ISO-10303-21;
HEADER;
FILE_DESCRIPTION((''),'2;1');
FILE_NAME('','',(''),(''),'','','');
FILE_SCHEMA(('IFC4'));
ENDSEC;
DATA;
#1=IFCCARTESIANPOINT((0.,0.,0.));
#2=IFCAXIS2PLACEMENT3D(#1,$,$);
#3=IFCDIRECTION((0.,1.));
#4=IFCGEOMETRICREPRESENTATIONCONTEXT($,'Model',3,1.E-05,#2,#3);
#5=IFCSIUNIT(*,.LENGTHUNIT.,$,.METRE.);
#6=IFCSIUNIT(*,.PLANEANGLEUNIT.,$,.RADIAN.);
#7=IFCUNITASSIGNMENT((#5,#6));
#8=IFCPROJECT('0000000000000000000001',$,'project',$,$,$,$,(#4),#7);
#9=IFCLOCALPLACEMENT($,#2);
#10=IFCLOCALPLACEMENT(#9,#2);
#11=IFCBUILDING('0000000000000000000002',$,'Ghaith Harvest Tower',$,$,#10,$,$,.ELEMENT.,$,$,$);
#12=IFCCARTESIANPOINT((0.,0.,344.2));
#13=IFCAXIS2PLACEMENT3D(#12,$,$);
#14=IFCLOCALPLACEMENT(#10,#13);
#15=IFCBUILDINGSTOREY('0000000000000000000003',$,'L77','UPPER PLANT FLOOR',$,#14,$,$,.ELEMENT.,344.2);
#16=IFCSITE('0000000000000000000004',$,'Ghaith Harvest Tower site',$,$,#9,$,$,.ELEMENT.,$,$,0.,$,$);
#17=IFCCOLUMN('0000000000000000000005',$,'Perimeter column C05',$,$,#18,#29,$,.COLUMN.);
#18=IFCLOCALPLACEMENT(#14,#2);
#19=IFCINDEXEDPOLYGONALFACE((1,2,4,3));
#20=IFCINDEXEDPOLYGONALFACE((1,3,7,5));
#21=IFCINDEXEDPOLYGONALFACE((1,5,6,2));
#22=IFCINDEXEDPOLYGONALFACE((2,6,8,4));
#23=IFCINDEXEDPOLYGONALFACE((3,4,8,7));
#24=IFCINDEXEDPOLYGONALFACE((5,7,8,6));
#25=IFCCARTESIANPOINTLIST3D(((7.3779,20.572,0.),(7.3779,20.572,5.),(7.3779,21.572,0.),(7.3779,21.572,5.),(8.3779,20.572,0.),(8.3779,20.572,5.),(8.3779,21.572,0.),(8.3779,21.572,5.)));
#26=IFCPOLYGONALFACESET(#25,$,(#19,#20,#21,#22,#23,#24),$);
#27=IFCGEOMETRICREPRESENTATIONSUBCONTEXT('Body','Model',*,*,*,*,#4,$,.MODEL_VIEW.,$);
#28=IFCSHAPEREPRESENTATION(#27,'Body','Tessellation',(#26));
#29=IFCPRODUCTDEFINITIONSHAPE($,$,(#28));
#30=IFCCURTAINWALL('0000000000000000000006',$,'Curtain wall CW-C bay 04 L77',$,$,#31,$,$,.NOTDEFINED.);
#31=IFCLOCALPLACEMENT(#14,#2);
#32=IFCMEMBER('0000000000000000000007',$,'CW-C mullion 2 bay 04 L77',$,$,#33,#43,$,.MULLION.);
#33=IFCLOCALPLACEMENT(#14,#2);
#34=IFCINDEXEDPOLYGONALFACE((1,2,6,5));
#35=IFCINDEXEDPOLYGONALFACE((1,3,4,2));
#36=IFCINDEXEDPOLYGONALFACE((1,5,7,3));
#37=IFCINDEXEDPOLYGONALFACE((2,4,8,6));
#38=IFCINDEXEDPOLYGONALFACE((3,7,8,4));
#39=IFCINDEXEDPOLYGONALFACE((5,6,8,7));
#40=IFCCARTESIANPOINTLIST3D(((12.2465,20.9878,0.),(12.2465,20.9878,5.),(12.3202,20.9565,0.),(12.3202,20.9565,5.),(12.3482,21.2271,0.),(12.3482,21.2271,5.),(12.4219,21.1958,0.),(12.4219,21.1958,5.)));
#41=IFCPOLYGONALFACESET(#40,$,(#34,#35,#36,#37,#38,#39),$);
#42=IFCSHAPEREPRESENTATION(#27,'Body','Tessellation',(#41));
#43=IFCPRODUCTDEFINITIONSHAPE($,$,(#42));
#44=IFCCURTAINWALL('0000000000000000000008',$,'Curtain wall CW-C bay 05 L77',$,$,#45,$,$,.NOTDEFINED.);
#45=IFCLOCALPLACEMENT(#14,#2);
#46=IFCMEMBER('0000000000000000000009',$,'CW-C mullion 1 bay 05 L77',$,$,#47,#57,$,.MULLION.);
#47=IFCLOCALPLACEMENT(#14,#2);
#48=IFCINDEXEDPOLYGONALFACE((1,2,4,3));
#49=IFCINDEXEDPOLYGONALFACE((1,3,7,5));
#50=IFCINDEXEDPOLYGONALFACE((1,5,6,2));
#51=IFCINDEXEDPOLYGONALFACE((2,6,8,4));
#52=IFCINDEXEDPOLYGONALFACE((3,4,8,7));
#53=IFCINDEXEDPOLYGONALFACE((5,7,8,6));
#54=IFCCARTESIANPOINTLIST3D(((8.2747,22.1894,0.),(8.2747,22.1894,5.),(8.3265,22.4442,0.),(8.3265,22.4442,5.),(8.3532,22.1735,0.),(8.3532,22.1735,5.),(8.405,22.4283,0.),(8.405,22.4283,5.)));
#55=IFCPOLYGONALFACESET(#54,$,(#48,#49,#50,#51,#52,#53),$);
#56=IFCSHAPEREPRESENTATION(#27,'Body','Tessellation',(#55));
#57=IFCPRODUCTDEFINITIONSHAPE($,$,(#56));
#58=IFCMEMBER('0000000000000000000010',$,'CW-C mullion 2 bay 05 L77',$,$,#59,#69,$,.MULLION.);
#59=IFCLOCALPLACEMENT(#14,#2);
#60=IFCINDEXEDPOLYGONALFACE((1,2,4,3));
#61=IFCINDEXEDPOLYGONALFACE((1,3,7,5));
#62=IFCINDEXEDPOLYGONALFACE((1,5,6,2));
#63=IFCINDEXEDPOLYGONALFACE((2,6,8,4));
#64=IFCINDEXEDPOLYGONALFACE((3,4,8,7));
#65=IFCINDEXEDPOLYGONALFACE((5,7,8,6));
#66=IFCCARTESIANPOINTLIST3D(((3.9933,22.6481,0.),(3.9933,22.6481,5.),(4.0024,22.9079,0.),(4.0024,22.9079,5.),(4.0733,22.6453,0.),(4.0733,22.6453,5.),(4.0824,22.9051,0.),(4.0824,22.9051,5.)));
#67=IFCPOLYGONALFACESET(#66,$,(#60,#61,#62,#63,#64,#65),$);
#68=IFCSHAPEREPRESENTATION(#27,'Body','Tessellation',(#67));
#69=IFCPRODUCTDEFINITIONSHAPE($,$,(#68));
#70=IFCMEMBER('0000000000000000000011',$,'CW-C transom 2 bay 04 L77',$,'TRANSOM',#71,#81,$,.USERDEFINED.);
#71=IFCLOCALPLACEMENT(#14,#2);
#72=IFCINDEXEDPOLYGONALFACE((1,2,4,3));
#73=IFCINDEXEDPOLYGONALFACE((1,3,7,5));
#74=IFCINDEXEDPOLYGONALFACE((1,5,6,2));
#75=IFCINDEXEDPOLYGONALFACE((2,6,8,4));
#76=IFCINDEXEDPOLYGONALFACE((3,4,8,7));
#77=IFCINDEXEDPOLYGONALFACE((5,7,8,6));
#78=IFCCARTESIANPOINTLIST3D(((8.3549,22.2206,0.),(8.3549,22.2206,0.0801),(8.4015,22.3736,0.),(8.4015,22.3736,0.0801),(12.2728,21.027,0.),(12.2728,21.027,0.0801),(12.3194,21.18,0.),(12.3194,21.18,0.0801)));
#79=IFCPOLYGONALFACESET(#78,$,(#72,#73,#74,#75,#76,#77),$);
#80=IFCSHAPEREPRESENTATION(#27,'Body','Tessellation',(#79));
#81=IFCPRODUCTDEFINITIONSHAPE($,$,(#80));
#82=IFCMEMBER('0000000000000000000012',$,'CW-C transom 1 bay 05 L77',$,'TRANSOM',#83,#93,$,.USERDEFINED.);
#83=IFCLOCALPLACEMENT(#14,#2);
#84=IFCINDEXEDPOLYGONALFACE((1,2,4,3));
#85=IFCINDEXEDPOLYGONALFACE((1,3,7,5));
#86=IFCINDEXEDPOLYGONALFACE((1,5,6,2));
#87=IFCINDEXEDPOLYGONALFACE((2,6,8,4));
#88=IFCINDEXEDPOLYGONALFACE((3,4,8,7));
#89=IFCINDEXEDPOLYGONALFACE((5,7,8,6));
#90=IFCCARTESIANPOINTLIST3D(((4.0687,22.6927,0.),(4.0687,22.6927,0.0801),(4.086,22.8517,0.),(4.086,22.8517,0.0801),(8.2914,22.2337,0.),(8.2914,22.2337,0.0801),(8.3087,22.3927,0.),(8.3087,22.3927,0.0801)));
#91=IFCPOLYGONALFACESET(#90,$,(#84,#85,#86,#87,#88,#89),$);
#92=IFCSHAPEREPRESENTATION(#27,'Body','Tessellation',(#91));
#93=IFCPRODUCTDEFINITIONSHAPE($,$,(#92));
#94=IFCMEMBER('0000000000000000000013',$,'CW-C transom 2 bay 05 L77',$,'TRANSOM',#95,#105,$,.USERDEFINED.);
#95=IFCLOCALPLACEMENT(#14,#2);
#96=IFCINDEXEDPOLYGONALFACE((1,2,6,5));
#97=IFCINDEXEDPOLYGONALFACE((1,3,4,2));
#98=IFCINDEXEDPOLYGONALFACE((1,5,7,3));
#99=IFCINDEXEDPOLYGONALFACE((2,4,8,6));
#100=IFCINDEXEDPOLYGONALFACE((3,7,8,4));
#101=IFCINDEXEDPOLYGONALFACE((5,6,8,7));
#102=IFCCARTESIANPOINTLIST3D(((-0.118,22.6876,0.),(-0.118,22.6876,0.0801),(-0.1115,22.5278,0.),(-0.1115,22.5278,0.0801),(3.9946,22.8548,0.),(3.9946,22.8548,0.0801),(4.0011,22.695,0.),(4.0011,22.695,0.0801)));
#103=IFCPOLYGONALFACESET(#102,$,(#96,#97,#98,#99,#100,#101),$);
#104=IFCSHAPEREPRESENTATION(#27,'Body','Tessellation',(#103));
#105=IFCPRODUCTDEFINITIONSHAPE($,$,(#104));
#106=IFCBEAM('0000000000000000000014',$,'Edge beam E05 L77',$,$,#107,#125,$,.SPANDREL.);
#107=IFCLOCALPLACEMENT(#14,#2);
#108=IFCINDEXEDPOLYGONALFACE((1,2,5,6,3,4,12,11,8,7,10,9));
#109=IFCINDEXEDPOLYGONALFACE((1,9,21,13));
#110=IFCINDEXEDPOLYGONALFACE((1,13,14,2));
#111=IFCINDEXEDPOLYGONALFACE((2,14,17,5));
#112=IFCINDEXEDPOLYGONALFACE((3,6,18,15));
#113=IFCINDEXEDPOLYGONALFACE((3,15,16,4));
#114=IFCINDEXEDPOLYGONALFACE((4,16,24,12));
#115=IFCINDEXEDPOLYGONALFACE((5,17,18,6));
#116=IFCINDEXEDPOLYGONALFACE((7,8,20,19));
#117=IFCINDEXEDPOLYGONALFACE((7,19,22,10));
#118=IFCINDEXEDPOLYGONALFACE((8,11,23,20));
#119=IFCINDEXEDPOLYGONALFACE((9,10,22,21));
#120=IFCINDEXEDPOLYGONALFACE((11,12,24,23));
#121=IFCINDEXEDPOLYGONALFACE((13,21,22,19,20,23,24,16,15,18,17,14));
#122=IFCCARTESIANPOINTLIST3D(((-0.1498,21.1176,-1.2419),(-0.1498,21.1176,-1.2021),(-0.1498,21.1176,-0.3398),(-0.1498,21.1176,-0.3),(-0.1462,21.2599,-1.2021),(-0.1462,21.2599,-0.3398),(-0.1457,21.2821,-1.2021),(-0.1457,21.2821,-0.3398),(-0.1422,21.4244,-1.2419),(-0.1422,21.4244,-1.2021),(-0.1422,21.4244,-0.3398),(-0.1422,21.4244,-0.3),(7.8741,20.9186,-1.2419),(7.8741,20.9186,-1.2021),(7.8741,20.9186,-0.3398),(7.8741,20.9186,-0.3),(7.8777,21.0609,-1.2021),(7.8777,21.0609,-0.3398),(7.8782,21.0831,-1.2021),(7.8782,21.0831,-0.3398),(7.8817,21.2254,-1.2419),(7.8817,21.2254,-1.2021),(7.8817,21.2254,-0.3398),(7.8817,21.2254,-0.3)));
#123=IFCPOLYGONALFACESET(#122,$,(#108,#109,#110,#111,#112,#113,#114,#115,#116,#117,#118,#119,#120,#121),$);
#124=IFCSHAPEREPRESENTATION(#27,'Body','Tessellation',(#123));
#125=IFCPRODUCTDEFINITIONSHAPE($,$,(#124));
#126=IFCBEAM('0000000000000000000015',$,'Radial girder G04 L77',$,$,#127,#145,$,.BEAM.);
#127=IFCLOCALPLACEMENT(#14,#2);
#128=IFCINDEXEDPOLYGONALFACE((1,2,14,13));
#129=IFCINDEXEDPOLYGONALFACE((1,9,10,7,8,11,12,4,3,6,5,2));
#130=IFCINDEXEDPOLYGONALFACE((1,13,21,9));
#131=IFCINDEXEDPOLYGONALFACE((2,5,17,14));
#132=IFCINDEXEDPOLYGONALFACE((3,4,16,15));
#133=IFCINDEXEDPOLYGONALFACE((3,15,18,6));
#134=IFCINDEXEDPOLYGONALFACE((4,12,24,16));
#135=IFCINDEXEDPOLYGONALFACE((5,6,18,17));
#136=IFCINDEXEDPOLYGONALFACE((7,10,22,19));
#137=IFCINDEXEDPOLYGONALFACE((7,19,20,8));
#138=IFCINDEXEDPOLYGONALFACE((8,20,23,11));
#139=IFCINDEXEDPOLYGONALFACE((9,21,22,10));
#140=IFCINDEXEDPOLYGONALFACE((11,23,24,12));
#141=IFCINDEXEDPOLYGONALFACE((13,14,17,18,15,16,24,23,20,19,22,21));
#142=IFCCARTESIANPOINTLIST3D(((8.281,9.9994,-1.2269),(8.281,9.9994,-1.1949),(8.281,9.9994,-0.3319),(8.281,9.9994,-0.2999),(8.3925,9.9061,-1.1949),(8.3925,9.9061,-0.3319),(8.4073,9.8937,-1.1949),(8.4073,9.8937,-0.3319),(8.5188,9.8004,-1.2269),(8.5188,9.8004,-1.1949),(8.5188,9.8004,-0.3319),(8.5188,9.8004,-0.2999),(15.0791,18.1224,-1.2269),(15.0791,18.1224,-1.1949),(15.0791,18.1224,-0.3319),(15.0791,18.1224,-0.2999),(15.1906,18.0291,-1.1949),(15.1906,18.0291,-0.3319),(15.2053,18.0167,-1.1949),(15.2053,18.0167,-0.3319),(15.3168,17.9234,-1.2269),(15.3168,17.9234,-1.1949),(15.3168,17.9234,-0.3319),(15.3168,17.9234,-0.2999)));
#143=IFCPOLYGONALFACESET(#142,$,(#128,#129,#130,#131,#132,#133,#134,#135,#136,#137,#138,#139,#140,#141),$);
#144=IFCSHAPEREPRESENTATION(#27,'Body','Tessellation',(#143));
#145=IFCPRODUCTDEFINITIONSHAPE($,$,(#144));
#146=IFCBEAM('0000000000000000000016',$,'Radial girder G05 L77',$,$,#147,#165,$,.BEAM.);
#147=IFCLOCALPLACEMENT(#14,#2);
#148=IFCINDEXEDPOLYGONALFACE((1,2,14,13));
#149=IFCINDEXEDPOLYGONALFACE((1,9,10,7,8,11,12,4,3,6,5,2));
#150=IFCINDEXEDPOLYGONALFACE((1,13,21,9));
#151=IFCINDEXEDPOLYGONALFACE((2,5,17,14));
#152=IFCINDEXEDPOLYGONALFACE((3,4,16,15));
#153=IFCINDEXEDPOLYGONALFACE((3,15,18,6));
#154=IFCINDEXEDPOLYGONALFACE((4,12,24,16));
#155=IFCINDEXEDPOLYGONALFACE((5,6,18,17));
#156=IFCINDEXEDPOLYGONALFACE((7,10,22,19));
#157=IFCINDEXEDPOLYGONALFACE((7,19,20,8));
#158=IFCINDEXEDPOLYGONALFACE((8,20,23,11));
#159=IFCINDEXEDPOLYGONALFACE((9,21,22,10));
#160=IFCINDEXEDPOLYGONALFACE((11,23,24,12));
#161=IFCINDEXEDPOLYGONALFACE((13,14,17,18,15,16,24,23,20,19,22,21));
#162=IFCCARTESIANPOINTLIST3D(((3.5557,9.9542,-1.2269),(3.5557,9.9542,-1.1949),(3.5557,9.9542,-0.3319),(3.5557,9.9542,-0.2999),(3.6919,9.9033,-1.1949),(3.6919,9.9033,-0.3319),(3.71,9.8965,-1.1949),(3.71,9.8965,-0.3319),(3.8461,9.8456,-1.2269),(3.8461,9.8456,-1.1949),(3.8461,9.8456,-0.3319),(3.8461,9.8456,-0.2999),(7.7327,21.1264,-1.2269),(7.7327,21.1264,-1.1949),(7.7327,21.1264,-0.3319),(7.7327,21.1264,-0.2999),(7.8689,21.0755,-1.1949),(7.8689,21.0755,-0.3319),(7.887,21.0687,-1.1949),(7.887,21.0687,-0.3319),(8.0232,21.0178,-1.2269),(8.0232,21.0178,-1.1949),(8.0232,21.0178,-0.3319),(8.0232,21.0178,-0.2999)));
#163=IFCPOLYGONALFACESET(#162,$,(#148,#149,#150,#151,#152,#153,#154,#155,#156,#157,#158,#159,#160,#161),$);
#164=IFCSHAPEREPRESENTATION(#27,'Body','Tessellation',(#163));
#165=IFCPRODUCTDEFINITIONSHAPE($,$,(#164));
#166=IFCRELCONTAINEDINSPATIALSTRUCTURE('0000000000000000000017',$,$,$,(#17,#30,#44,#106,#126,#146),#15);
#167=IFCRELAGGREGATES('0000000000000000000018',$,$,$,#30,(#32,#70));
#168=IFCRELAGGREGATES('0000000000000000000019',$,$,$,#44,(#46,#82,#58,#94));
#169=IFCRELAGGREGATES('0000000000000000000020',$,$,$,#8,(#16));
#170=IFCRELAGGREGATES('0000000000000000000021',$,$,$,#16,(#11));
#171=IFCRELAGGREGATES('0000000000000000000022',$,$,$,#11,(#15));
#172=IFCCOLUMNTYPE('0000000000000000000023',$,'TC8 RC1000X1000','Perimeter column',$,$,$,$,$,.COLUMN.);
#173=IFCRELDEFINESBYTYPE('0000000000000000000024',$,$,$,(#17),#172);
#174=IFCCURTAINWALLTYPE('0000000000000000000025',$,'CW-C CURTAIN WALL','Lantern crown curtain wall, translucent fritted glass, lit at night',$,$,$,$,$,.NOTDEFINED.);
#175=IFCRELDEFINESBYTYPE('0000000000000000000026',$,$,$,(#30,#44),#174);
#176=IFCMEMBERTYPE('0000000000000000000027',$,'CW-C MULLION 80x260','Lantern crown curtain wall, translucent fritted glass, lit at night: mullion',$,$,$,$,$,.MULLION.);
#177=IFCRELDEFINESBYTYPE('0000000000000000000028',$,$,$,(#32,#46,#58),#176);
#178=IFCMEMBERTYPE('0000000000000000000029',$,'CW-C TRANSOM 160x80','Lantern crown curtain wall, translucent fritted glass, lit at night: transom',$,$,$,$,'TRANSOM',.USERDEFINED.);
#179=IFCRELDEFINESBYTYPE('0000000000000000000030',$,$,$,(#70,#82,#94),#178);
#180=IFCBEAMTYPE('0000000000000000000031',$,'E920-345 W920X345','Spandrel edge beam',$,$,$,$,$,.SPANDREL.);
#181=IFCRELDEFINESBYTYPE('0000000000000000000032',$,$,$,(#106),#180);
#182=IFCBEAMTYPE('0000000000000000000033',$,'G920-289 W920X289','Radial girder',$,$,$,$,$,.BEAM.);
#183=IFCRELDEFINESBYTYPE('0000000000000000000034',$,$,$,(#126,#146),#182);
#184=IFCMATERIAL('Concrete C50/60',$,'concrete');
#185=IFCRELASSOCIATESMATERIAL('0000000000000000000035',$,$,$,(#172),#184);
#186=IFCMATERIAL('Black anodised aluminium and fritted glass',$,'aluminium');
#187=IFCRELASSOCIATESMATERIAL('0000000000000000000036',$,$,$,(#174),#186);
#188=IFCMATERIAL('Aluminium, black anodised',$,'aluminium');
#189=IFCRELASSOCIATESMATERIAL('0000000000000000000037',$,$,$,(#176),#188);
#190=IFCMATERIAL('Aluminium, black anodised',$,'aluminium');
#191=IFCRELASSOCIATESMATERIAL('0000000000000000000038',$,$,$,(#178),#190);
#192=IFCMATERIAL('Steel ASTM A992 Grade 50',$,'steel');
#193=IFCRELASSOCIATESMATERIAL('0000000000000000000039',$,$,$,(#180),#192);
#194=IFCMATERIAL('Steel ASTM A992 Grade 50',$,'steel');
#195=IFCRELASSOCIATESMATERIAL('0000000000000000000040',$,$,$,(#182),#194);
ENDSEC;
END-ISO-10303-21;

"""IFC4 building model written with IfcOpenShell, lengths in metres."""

from ifc_helpers import new_model, si_unit, direction, frame, origin, origin_2d, place, context, subcontext, project, spatial, rectangle, i_section, extrude, material, material_profile, profile_set, type_object, element, aggregate, save


model = new_model("IFC4")

# Units and contexts
model_context = context("Model", 3, precision=1e-05, world=origin(), true_north=direction((0.0, 1.0)))
body_context = subcontext(model_context, "Body", "Model", "MODEL_VIEW")
ifc_project = project(units=[si_unit("LENGTHUNIT", "METRE"), si_unit("PLANEANGLEUNIT", "RADIAN")], contexts=[model_context])

# Site, building, storey
site_placement = place(None, origin())
site = spatial("IfcSite", under=ifc_project, at=site_placement, Name="Ghaith Harvest Tower site", CompositionType="ELEMENT", RefElevation=0.0)
building_placement = place(site_placement, origin())
building = spatial("IfcBuilding", under=site, at=building_placement, Name="Ghaith Harvest Tower", CompositionType="ELEMENT")
storey_placement = place(building_placement, frame((0.0, 0.0, 344.2)))
storey = spatial("IfcBuildingStorey", under=building, at=storey_placement, Name="L77", Description="UPPER PLANT FLOOR", CompositionType="ELEMENT", Elevation=344.2)

# Column
ifc_material_1 = material(Name="Concrete C50/60", Category="concrete")
ifc_material_profile_1 = material_profile(ifc_material_1, rectangle(XDim=1.0, YDim=1.0, at=origin_2d()), Name="RC1000X1000")
ifc_profile_set_1 = profile_set([ifc_material_profile_1], Name="Concrete C50/60")
column_type = type_object("IfcColumnType", Name="TC8 RC1000X1000", Description="Perimeter column", PredefinedType="COLUMN", material=ifc_profile_set_1)
column_placement = place(storey_placement, frame((7.8779, 21.072, 0.0), z_axis=(0.0, 0.0, 1.0), x_axis=(1.0, 0.0, 0.0)))
element("IfcColumn", 1, at=column_placement, inside=storey, type_object=column_type, Name="Perimeter column C05", PredefinedType="COLUMN", context=body_context, shape_type="SweptSolid", body=[
    extrude(rectangle(XDim=1.0, YDim=1.0, at=origin_2d()), origin(), (0.0, 0.0, 1.0), 5.0),
])

# Curtain wall, member
ifc_material_2 = material(Name="Black anodised aluminium and fritted glass", Category="aluminium")
curtain_wall_type = type_object("IfcCurtainWallType", Name="CW-C CURTAIN WALL", Description="Lantern crown curtain wall, translucent fritted glass, lit at night", PredefinedType="NOTDEFINED", material=ifc_material_2)
curtain_wall_1_placement = place(storey_placement, origin())
curtain_wall_1 = element("IfcCurtainWall", 2, at=curtain_wall_1_placement, inside=storey, type_object=curtain_wall_type, Name="Curtain wall CW-C bay 04 L77", PredefinedType="NOTDEFINED")
ifc_material_3 = material(Name="Aluminium, black anodised", Category="aluminium")
ifc_material_profile_2 = material_profile(ifc_material_3, rectangle(XDim=0.0801, YDim=0.26, at=origin_2d()), Name="CW-C MULLION 80x260")
ifc_profile_set_2 = profile_set([ifc_material_profile_2], Name="Aluminium, black anodised")
member_type_1 = type_object("IfcMemberType", Name="CW-C MULLION 80x260", Description="Lantern crown curtain wall, translucent fritted glass, lit at night: mullion", PredefinedType="MULLION", material=ifc_profile_set_2)
member_1_placement = place(storey_placement, frame((12.3342, 21.0918, 0.0), z_axis=(0.0, 0.0, 1.0), x_axis=(-0.920319, 0.391168, 0.0)))
member_1 = element("IfcMember", 3, at=member_1_placement, type_object=member_type_1, Name="CW-C mullion 2 bay 04 L77", PredefinedType="MULLION", context=body_context, shape_type="SweptSolid", body=[
    extrude(rectangle(XDim=0.0801, YDim=0.26, at=origin_2d()), origin(), (0.0, 0.0, 1.0), 5.0),
])

# Curtain wall, members
curtain_wall_2_placement = place(storey_placement, origin())
curtain_wall_2 = element("IfcCurtainWall", 4, at=curtain_wall_2_placement, inside=storey, type_object=curtain_wall_type, Name="Curtain wall CW-C bay 05 L77", PredefinedType="NOTDEFINED")
member_2_placement = place(storey_placement, frame((8.3398, 22.3088, 0.0), z_axis=(0.0, 0.0, 1.0), x_axis=(-0.98, 0.198997, 0.0)))
member_2 = element("IfcMember", 5, at=member_2_placement, type_object=member_type_1, Name="CW-C mullion 1 bay 05 L77", PredefinedType="MULLION", context=body_context, shape_type="SweptSolid", body=[
    extrude(rectangle(XDim=0.0801, YDim=0.26, at=origin_2d()), origin(), (0.0, 0.0, 1.0), 5.0),
])
member_3_placement = place(storey_placement, frame((4.0378, 22.7766, 0.0), z_axis=(0.0, 0.0, 1.0), x_axis=(-0.999389, 0.034962, 0.0)))
member_3 = element("IfcMember", 6, at=member_3_placement, type_object=member_type_1, Name="CW-C mullion 2 bay 05 L77", PredefinedType="MULLION", context=body_context, shape_type="SweptSolid", body=[
    extrude(rectangle(XDim=0.0801, YDim=0.26, at=origin_2d()), origin(), (0.0, 0.0, 1.0), 5.0),
])

# Members
ifc_material_4 = material(Name="Aluminium, black anodised", Category="aluminium")
ifc_material_profile_3 = material_profile(ifc_material_4, rectangle(XDim=0.1599, YDim=0.0801, at=origin_2d()), Name="CW-C TRANSOM 160x80")
ifc_profile_set_3 = profile_set([ifc_material_profile_3], Name="Aluminium, black anodised")
member_type_2 = type_object("IfcMemberType", Name="CW-C TRANSOM 160x80", Description="Lantern crown curtain wall, translucent fritted glass, lit at night: transom", ElementType="TRANSOM", PredefinedType="USERDEFINED", material=ifc_profile_set_3)
member_4_placement = place(storey_placement, frame((12.2961, 21.1035, 0.04), z_axis=(-0.956594, 0.291425, 0.0), x_axis=(-0.291425, -0.956594, 0.0)))
member_4 = element("IfcMember", 7, at=member_4_placement, type_object=member_type_2, Name="CW-C transom 2 bay 04 L77", ObjectType="TRANSOM", PredefinedType="USERDEFINED", context=body_context, shape_type="SweptSolid", body=[
    extrude(rectangle(XDim=0.1599, YDim=0.0801, at=origin_2d()), origin(), (0.0, 0.0, 1.0), 4.0957),
])
member_5_placement = place(storey_placement, frame((8.3, 22.3132, 0.04), z_axis=(-0.994144, 0.108059, 0.0), x_axis=(-0.108059, -0.994144, 0.0)))
member_5 = element("IfcMember", 8, at=member_5_placement, type_object=member_type_2, Name="CW-C transom 1 bay 05 L77", ObjectType="TRANSOM", PredefinedType="USERDEFINED", context=body_context, shape_type="SweptSolid", body=[
    extrude(rectangle(XDim=0.1599, YDim=0.0801, at=origin_2d()), origin(), (0.0, 0.0, 1.0), 4.2476),
])
member_6_placement = place(storey_placement, frame((3.9978, 22.7749, 0.04), z_axis=(-0.999174, -0.040631, 0.0), x_axis=(0.040631, -0.999174, 0.0)))
member_6 = element("IfcMember", 9, at=member_6_placement, type_object=member_type_2, Name="CW-C transom 2 bay 05 L77", ObjectType="TRANSOM", PredefinedType="USERDEFINED", context=body_context, shape_type="SweptSolid", body=[
    extrude(rectangle(XDim=0.1599, YDim=0.0801, at=origin_2d()), origin(), (0.0, 0.0, 1.0), 4.116),
])

# Beams
ifc_material_5 = material(Name="Steel ASTM A992 Grade 50", Category="steel")
ifc_material_profile_4 = material_profile(ifc_material_5, i_section(OverallWidth=0.3069, OverallDepth=0.9419, WebThickness=0.0222, FlangeThickness=0.0398, at=origin_2d()), Name="W920X345")
ifc_profile_set_4 = profile_set([ifc_material_profile_4], Name="Steel ASTM A992 Grade 50")
beam_type_1 = type_object("IfcBeamType", Name="E920-345 W920X345", Description="Spandrel edge beam", PredefinedType="SPANDREL", material=ifc_profile_set_4)
beam_1_placement = place(storey_placement, frame((7.8779, 21.072, -0.771), z_axis=(-0.999693, 0.02479, 0.0), x_axis=(-0.02479, -0.999693, 0.0)))
element("IfcBeam", 10, at=beam_1_placement, inside=storey, type_object=beam_type_1, Name="Edge beam E05 L77", PredefinedType="SPANDREL", context=body_context, shape_type="SweptSolid", body=[
    extrude(i_section(OverallWidth=0.3069, OverallDepth=0.9419, WebThickness=0.0222, FlangeThickness=0.0398, at=origin_2d()), origin(), (0.0, 0.0, 1.0), 8.0264),
])
ifc_material_6 = material(Name="Steel ASTM A992 Grade 50", Category="steel")
ifc_material_profile_5 = material_profile(ifc_material_6, i_section(OverallWidth=0.3101, OverallDepth=0.927, WebThickness=0.0193, FlangeThickness=0.032, at=origin_2d()), Name="W920X289")
ifc_profile_set_5 = profile_set([ifc_material_profile_5], Name="Steel ASTM A992 Grade 50")
beam_type_2 = type_object("IfcBeamType", Name="G920-289 W920X289", Description="Radial girder", PredefinedType="BEAM", material=ifc_profile_set_5)
beam_2_placement = place(storey_placement, frame((8.3999, 9.8999, -0.7634), z_axis=(0.641793, 0.766878, 0.0), x_axis=(-0.766878, 0.641793, 0.0)))
element("IfcBeam", 11, at=beam_2_placement, inside=storey, type_object=beam_type_2, Name="Radial girder G04 L77", PredefinedType="BEAM", context=body_context, shape_type="SweptSolid", body=[
    extrude(i_section(OverallWidth=0.3101, OverallDepth=0.927, WebThickness=0.0193, FlangeThickness=0.032, at=origin_2d()), origin(), (0.0, 0.0, 1.0), 10.5923),
])
beam_3_placement = place(storey_placement, frame((3.7009, 9.8999, -0.7634), z_axis=(0.350201, 0.936674, 0.0), x_axis=(-0.936674, 0.350201, 0.0)))
element("IfcBeam", 12, at=beam_3_placement, inside=storey, type_object=beam_type_2, Name="Radial girder G05 L77", PredefinedType="BEAM", context=body_context, shape_type="SweptSolid", body=[
    extrude(i_section(OverallWidth=0.3101, OverallDepth=0.927, WebThickness=0.0193, FlangeThickness=0.032, at=origin_2d()), origin(), (0.0, 0.0, 1.0), 11.9275),
])

aggregate(curtain_wall_1, [member_1, member_4])
aggregate(curtain_wall_2, [member_2, member_5, member_3, member_6])

save(model, "model.ifc")
